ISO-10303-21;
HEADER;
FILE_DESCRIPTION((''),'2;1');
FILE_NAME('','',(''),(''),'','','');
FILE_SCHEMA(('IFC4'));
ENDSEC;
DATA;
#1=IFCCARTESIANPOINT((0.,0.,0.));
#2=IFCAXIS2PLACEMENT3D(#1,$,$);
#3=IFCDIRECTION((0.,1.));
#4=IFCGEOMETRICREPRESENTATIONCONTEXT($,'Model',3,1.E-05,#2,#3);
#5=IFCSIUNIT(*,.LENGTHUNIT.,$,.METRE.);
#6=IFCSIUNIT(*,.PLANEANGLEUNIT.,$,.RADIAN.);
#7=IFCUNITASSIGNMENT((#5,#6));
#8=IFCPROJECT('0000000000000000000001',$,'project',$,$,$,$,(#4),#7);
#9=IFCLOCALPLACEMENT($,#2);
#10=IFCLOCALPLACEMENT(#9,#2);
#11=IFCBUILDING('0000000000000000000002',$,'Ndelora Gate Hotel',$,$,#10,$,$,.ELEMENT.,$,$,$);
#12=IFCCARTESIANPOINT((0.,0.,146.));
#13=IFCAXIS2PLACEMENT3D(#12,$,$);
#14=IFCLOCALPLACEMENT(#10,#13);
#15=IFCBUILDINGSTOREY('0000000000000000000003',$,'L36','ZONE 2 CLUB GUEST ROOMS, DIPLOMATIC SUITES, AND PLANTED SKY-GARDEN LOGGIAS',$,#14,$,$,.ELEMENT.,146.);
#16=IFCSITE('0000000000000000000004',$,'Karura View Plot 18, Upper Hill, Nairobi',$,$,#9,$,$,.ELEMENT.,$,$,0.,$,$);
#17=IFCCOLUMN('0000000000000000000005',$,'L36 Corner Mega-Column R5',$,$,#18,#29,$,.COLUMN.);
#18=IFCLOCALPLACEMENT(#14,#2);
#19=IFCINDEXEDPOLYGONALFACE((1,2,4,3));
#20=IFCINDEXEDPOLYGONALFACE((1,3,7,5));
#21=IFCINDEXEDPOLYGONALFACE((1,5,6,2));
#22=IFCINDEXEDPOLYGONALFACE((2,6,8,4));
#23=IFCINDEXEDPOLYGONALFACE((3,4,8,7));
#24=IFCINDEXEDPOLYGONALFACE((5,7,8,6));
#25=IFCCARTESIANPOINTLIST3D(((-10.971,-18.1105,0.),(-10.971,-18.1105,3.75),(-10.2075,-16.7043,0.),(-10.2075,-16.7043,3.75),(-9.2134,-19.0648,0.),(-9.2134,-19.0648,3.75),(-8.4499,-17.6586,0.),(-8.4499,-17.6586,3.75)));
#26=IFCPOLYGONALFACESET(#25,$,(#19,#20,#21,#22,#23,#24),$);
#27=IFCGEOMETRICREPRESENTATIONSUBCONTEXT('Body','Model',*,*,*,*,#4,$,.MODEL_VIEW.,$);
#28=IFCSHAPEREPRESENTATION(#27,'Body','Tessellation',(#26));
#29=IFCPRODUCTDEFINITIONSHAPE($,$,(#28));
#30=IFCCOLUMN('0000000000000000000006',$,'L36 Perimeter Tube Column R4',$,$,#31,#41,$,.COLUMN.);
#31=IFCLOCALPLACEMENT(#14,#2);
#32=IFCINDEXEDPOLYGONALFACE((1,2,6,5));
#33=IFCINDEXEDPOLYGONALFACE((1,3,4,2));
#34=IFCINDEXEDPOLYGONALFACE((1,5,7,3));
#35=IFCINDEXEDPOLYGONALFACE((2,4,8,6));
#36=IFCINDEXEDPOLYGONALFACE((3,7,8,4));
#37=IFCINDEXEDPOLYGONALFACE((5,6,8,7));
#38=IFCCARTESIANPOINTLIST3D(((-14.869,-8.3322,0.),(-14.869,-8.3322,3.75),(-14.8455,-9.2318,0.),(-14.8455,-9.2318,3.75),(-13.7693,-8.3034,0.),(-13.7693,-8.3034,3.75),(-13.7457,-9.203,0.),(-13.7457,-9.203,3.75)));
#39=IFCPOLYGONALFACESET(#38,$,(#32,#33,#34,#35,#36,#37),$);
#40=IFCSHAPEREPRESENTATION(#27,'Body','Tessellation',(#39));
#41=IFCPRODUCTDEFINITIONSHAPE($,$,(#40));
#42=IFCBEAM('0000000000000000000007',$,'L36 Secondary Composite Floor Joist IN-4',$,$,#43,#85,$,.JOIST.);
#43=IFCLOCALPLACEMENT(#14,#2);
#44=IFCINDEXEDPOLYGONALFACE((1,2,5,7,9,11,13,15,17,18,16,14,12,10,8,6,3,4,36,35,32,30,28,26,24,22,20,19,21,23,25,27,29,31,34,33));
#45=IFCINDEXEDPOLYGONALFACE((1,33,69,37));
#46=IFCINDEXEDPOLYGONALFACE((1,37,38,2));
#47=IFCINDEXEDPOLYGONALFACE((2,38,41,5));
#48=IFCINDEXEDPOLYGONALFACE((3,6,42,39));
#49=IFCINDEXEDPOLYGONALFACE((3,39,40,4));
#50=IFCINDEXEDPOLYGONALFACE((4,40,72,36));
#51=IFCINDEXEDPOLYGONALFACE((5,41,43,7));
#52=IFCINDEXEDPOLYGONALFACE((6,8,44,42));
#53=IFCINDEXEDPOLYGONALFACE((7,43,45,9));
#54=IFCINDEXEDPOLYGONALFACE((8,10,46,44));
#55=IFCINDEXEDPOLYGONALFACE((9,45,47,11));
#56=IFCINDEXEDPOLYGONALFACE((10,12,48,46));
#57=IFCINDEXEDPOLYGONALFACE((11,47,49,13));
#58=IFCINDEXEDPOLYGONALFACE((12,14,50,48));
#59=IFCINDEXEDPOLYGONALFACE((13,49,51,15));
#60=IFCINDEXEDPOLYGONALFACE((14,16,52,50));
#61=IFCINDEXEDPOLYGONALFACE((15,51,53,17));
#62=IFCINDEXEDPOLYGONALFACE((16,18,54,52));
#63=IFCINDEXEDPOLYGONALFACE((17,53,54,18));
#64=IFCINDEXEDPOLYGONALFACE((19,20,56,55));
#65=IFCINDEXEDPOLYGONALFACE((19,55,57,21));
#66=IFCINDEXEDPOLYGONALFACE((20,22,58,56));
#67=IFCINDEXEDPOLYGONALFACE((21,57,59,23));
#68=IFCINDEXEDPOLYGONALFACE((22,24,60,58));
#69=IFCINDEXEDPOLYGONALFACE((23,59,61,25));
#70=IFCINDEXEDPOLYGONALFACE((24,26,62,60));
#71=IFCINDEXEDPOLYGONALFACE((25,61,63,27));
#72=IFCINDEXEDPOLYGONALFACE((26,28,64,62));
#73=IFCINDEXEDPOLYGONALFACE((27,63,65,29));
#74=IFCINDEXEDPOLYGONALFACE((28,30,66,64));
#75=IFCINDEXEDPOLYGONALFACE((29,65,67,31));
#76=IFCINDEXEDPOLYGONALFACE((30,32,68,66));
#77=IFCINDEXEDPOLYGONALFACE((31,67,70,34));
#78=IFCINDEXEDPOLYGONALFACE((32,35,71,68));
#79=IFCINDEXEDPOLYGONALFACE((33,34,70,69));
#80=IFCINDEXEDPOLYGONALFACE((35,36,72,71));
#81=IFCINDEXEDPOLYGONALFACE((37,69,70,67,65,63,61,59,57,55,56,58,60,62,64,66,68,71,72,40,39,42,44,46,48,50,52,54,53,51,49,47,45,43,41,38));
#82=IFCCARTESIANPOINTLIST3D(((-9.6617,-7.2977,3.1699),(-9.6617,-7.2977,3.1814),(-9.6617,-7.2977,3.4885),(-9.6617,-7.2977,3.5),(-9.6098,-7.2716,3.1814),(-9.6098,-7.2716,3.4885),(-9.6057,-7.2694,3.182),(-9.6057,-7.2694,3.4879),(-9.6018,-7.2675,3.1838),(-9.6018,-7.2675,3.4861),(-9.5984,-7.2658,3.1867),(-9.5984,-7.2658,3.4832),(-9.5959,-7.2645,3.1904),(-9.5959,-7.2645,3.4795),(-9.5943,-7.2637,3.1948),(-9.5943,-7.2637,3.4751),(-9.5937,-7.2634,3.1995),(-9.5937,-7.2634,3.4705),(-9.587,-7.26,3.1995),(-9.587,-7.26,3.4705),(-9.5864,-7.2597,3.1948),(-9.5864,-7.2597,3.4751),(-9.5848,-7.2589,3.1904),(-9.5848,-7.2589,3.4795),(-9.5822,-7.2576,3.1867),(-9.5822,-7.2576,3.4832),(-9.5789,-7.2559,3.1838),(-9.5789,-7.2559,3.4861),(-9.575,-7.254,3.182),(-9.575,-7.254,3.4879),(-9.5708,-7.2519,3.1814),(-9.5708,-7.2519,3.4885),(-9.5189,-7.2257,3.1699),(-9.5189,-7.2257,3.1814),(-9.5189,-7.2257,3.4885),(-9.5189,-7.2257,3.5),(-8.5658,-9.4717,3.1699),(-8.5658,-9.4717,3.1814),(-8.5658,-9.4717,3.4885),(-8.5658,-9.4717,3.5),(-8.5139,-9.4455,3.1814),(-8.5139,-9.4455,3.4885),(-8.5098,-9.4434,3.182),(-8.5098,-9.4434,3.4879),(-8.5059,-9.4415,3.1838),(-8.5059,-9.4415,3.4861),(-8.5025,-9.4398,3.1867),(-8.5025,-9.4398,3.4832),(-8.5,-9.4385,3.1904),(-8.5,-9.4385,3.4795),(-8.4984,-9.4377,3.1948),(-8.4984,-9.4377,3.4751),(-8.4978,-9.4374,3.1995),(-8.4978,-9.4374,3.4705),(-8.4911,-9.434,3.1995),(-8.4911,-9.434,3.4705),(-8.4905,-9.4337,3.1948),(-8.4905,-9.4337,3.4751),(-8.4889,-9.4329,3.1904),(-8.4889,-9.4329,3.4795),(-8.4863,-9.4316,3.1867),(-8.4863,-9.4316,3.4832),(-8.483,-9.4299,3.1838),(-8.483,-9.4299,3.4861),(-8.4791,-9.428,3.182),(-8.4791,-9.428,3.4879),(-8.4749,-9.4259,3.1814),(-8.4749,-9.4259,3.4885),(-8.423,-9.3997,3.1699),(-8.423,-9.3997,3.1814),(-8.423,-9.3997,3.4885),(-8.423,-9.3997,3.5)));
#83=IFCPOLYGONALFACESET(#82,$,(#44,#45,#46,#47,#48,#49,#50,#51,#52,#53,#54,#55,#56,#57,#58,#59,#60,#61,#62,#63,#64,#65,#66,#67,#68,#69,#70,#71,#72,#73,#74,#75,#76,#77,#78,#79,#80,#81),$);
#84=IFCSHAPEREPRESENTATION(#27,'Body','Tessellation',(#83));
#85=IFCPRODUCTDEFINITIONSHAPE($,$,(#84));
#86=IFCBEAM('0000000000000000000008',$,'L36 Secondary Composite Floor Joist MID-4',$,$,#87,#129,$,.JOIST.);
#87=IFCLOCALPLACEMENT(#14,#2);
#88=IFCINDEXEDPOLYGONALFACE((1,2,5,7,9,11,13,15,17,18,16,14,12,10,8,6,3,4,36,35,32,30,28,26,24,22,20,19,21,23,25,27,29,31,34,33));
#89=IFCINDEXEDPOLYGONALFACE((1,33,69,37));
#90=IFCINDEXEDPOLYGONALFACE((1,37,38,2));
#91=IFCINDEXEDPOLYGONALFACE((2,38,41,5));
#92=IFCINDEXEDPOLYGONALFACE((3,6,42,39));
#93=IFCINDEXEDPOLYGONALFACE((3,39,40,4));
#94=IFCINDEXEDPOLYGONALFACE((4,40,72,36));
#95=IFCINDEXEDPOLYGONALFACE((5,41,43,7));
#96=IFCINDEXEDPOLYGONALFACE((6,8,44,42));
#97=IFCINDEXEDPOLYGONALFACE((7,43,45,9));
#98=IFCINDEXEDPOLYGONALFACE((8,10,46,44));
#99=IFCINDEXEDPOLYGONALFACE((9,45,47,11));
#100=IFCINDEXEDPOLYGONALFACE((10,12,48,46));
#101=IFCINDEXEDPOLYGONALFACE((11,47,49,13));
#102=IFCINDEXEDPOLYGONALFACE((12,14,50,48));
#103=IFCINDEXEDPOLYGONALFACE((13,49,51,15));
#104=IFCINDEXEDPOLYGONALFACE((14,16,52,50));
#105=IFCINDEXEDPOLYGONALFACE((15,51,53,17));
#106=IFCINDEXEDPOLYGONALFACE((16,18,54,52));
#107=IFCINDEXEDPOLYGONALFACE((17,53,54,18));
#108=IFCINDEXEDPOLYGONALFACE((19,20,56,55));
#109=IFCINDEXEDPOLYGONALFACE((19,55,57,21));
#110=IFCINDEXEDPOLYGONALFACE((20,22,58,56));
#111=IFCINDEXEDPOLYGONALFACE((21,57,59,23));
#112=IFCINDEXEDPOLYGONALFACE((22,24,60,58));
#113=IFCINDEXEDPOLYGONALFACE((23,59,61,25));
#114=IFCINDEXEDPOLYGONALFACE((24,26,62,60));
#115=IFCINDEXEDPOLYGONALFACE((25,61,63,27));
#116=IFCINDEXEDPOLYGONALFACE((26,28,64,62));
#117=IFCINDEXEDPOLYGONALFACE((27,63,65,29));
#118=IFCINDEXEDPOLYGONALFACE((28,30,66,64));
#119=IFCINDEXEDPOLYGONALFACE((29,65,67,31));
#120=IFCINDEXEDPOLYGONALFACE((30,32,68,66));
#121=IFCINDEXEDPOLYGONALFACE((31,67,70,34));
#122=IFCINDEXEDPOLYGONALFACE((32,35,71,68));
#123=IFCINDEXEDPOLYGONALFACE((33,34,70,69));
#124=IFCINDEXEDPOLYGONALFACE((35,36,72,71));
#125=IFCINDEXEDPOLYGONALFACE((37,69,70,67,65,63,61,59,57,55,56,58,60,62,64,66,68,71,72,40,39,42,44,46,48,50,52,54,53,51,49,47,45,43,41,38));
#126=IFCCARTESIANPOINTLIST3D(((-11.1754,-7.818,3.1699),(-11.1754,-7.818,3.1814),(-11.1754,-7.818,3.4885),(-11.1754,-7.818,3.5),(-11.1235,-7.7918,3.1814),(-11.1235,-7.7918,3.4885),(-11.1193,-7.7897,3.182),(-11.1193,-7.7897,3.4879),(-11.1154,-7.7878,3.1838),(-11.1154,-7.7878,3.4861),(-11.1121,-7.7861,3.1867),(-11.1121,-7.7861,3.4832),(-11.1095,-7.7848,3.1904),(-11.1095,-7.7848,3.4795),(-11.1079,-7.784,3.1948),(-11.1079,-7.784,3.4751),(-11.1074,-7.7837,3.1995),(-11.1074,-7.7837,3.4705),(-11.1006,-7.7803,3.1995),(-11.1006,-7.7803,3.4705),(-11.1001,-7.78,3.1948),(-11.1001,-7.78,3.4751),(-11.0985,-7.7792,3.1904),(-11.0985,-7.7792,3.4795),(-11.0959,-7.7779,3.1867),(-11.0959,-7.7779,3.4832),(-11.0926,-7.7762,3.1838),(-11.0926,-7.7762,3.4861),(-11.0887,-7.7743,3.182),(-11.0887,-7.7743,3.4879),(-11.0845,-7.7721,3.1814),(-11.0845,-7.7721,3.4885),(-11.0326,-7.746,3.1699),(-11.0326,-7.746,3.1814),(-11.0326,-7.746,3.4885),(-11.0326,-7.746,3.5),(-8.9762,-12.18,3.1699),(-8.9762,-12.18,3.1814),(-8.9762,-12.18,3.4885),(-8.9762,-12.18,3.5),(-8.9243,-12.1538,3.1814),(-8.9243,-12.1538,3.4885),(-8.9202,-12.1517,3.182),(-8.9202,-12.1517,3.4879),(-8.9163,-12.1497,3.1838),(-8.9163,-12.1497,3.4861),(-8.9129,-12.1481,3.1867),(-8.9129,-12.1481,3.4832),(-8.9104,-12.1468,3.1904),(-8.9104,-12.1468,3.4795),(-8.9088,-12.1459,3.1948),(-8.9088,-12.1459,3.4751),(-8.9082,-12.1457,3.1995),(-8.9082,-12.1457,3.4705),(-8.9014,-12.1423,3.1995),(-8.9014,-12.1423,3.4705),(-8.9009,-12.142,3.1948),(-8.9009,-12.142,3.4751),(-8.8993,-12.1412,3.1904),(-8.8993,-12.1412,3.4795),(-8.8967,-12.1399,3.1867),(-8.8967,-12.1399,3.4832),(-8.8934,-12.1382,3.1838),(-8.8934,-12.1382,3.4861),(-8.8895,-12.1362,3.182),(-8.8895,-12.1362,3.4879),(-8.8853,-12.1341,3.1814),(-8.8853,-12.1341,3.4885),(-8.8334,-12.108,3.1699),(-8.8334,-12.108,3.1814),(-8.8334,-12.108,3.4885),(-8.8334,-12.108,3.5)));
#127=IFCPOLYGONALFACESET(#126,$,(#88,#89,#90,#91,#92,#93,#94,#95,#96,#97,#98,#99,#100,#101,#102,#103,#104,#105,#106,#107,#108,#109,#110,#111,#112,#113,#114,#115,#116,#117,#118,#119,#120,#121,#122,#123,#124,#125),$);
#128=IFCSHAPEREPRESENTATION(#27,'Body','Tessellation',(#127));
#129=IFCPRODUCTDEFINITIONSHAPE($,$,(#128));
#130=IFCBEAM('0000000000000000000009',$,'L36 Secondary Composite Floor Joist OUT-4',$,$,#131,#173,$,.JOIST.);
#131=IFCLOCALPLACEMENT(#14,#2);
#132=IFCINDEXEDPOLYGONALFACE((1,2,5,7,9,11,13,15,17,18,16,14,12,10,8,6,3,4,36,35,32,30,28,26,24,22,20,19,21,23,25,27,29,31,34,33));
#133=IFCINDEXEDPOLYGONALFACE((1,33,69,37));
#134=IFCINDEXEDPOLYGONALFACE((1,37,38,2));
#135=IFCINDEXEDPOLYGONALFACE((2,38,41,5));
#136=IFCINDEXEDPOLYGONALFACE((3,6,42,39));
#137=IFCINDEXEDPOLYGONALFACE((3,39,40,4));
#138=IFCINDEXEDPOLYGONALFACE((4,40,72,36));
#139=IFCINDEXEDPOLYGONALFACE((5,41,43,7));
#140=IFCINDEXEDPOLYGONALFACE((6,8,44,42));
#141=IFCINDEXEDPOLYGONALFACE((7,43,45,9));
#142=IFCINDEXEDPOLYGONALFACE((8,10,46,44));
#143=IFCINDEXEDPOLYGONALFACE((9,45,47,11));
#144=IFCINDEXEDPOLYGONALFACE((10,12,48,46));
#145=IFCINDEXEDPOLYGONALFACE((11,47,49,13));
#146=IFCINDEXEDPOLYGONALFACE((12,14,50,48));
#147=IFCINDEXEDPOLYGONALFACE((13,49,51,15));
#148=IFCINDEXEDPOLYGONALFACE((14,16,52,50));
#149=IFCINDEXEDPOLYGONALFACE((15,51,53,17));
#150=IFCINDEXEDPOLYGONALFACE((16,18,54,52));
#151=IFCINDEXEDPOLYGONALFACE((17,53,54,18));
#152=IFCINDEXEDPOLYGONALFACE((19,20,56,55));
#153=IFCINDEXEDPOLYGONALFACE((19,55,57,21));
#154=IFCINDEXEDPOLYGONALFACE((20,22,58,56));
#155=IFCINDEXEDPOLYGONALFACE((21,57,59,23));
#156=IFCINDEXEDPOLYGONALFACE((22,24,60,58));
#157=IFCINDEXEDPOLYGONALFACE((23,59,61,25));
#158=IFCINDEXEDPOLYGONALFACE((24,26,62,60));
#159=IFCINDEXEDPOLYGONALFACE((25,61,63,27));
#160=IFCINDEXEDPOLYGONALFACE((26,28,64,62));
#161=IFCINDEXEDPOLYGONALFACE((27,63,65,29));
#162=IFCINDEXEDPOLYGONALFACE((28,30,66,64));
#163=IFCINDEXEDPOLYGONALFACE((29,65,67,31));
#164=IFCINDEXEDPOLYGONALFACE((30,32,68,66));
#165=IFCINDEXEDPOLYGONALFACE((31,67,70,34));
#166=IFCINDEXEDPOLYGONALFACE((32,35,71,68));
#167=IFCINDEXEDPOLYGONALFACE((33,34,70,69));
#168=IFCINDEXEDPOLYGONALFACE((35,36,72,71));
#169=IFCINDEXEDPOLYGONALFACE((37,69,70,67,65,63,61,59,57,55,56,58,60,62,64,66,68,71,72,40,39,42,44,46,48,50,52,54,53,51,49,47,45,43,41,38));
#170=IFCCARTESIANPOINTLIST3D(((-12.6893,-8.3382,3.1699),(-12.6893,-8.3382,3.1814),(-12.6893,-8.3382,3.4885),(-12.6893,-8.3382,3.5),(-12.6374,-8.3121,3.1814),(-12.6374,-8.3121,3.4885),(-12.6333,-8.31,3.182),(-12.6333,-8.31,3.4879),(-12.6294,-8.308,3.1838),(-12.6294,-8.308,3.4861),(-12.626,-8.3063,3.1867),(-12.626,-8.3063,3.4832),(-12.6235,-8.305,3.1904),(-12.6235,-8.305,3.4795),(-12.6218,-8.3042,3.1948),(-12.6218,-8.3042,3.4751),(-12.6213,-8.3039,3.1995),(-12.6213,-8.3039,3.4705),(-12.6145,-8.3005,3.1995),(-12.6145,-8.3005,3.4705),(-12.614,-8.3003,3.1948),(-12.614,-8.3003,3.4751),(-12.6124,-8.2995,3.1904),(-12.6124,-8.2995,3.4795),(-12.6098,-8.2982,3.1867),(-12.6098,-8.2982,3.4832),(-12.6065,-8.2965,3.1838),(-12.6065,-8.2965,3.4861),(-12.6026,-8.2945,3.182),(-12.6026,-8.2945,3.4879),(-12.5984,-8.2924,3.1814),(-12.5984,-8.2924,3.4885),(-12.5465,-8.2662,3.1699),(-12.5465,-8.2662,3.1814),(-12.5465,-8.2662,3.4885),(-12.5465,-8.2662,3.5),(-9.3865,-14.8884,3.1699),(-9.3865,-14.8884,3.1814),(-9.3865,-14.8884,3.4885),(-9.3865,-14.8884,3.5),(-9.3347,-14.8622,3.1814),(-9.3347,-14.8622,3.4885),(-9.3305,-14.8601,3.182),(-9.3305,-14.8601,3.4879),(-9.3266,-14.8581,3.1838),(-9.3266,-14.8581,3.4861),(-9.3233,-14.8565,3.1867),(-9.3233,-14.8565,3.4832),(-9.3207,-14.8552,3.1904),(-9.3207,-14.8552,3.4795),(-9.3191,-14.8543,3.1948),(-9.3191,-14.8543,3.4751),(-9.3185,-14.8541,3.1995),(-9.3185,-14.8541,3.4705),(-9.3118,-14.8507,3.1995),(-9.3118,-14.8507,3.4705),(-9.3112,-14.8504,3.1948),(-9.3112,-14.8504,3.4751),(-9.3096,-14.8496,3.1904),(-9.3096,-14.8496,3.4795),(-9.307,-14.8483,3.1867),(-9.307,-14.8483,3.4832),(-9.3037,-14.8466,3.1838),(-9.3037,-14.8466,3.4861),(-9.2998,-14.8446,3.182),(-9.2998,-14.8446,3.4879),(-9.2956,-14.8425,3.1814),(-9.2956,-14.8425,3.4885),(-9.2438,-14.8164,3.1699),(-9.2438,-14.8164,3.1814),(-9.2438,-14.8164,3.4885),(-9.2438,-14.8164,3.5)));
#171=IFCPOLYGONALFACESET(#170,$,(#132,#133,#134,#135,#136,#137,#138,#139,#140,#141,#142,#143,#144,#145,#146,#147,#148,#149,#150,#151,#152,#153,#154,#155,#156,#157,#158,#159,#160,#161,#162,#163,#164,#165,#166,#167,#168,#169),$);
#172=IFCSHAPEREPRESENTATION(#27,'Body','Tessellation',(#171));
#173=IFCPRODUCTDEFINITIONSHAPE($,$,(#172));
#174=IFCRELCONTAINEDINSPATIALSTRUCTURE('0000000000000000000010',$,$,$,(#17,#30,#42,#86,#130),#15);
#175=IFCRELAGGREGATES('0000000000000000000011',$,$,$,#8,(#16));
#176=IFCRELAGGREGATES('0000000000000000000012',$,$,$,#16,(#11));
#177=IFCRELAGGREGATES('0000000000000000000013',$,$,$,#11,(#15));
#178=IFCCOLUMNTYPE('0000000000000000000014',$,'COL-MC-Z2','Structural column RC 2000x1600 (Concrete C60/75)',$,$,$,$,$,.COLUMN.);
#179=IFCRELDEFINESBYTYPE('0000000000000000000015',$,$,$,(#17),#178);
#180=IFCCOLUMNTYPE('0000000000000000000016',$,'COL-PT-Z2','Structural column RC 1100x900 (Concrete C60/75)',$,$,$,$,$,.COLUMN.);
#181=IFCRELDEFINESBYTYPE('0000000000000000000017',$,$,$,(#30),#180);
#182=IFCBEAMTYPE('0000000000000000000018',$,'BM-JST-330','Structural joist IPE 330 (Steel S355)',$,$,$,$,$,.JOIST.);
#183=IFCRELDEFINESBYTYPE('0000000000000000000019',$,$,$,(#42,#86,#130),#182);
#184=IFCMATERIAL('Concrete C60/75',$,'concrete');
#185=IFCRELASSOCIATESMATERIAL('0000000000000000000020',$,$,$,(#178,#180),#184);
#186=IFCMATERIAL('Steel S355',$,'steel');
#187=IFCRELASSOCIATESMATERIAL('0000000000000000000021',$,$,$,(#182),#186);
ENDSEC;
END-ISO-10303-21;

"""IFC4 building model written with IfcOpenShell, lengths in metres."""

from ifc_helpers import new_model, si_unit, direction, frame, origin, origin_2d, place, context, subcontext, project, spatial, rectangle, i_section, extrude, material, material_profile, profile_set, type_object, element, save


model = new_model("IFC4")

# Units and contexts
model_context = context("Model", 3, precision=1e-05, world=origin(), true_north=direction((0.0, 1.0)))
body_context = subcontext(model_context, "Body", "Model", "MODEL_VIEW")
ifc_project = project(units=[si_unit("LENGTHUNIT", "METRE"), si_unit("PLANEANGLEUNIT", "RADIAN")], contexts=[model_context])

# Site, building, storey
site_placement = place(None, origin())
site = spatial("IfcSite", under=ifc_project, at=site_placement, Name="Karura View Plot 18, Upper Hill, Nairobi", CompositionType="ELEMENT", RefElevation=0.0)
building_placement = place(site_placement, origin())
building = spatial("IfcBuilding", under=site, at=building_placement, Name="Ndelora Gate Hotel", CompositionType="ELEMENT")
storey_placement = place(building_placement, frame((0.0, 0.0, 146.0)))
storey = spatial("IfcBuildingStorey", under=building, at=storey_placement, Name="L36", Description="ZONE 2 CLUB GUEST ROOMS, DIPLOMATIC SUITES, AND PLANTED SKY-GARDEN LOGGIAS", CompositionType="ELEMENT", Elevation=146.0)

# Columns
ifc_material_1 = material(Name="Concrete C60/75", Category="concrete")
ifc_material_profile_1 = material_profile(ifc_material_1, rectangle(XDim=1.6001, YDim=2.0, at=origin_2d()), Name="RC 2000x1600")
ifc_profile_set_1 = profile_set([ifc_material_profile_1], Name="Concrete C60/75")
column_type_1 = type_object("IfcColumnType", Name="COL-MC-Z2", Description="Structural column RC 2000x1600 (Concrete C60/75)", PredefinedType="COLUMN", material=ifc_profile_set_1)
column_1_placement = place(storey_placement, frame((-9.7104, -17.8845, 0.0), z_axis=(0.0, 0.0, 1.0), x_axis=(0.477159, 0.878817, 0.0)))
element("IfcColumn", 1, at=column_1_placement, inside=storey, type_object=column_type_1, Name="L36 Corner Mega-Column R5", PredefinedType="COLUMN", context=body_context, shape_type="SweptSolid", body=[
    extrude(rectangle(XDim=1.6001, YDim=2.0, at=origin_2d()), origin(), (0.0, 0.0, 1.0), 3.75),
])
ifc_material_profile_2 = material_profile(ifc_material_1, rectangle(XDim=0.8999, YDim=1.1001, at=origin_2d()), Name="RC 1100x900")
ifc_profile_set_2 = profile_set([ifc_material_profile_2], Name="Concrete C60/75")
column_type_2 = type_object("IfcColumnType", Name="COL-PT-Z2", Description="Structural column RC 1100x900 (Concrete C60/75)", PredefinedType="COLUMN", material=ifc_profile_set_2)
column_2_placement = place(storey_placement, frame((-14.3074, -8.7676, 0.0), z_axis=(0.0, 0.0, 1.0), x_axis=(-0.026177, 0.999657, 0.0)))
element("IfcColumn", 2, at=column_2_placement, inside=storey, type_object=column_type_2, Name="L36 Perimeter Tube Column R4", PredefinedType="COLUMN", context=body_context, shape_type="SweptSolid", body=[
    extrude(rectangle(XDim=0.8999, YDim=1.1001, at=origin_2d()), origin(), (0.0, 0.0, 1.0), 3.75),
])

# Beams
ifc_material_2 = material(Name="Steel S355", Category="steel")
ifc_material_profile_3 = material_profile(ifc_material_2, i_section(OverallWidth=0.1599, OverallDepth=0.3301, WebThickness=0.0076, FlangeThickness=0.0115, FilletRadius=0.0181, at=origin_2d()), Name="IPE 330")
ifc_profile_set_3 = profile_set([ifc_material_profile_3], Name="Steel S355")
beam_type_1 = type_object("IfcBeamType", Name="BM-JST-330", Description="Structural joist IPE 330 (Steel S355)", PredefinedType="JOIST", material=ifc_profile_set_3)
beam_1_placement = place(storey_placement, frame((-9.5903, -7.2617, 3.335), z_axis=(0.450139, -0.892958, 0.0), x_axis=(0.892958, 0.450139, 0.0)))
element("IfcBeam", 3, at=beam_1_placement, inside=storey, type_object=beam_type_1, Name="L36 Secondary Composite Floor Joist IN-4", PredefinedType="JOIST", context=body_context, shape_type="SweptSolid", body=[
    extrude(i_section(OverallWidth=0.1599, OverallDepth=0.3301, WebThickness=0.0076, FlangeThickness=0.0115, FilletRadius=0.0181, at=origin_2d()), origin(), (0.0, 0.0, 1.0), 2.4346),
])
beam_2_placement = place(storey_placement, frame((-11.104, -7.782, 3.335), z_axis=(0.45019, -0.892933, 0.0), x_axis=(0.892933, 0.45019, 0.0)))
element("IfcBeam", 4, at=beam_2_placement, inside=storey, type_object=beam_type_1, Name="L36 Secondary Composite Floor Joist MID-4", PredefinedType="JOIST", context=body_context, shape_type="SweptSolid", body=[
    extrude(i_section(OverallWidth=0.1599, OverallDepth=0.3301, WebThickness=0.0076, FlangeThickness=0.0115, FilletRadius=0.0181, at=origin_2d()), origin(), (0.0, 0.0, 1.0), 4.885),
])
beam_3_placement = place(storey_placement, frame((-12.6179, -8.3022, 3.335), z_axis=(0.450233, -0.892911, 0.0), x_axis=(0.892911, 0.450233, 0.0)))
element("IfcBeam", 5, at=beam_3_placement, inside=storey, type_object=beam_type_1, Name="L36 Secondary Composite Floor Joist OUT-4", PredefinedType="JOIST", context=body_context, shape_type="SweptSolid", body=[
    extrude(i_section(OverallWidth=0.1599, OverallDepth=0.3301, WebThickness=0.0076, FlangeThickness=0.0115, FilletRadius=0.0181, at=origin_2d()), origin(), (0.0, 0.0, 1.0), 7.3357),
])

save(model, "model.ifc")
